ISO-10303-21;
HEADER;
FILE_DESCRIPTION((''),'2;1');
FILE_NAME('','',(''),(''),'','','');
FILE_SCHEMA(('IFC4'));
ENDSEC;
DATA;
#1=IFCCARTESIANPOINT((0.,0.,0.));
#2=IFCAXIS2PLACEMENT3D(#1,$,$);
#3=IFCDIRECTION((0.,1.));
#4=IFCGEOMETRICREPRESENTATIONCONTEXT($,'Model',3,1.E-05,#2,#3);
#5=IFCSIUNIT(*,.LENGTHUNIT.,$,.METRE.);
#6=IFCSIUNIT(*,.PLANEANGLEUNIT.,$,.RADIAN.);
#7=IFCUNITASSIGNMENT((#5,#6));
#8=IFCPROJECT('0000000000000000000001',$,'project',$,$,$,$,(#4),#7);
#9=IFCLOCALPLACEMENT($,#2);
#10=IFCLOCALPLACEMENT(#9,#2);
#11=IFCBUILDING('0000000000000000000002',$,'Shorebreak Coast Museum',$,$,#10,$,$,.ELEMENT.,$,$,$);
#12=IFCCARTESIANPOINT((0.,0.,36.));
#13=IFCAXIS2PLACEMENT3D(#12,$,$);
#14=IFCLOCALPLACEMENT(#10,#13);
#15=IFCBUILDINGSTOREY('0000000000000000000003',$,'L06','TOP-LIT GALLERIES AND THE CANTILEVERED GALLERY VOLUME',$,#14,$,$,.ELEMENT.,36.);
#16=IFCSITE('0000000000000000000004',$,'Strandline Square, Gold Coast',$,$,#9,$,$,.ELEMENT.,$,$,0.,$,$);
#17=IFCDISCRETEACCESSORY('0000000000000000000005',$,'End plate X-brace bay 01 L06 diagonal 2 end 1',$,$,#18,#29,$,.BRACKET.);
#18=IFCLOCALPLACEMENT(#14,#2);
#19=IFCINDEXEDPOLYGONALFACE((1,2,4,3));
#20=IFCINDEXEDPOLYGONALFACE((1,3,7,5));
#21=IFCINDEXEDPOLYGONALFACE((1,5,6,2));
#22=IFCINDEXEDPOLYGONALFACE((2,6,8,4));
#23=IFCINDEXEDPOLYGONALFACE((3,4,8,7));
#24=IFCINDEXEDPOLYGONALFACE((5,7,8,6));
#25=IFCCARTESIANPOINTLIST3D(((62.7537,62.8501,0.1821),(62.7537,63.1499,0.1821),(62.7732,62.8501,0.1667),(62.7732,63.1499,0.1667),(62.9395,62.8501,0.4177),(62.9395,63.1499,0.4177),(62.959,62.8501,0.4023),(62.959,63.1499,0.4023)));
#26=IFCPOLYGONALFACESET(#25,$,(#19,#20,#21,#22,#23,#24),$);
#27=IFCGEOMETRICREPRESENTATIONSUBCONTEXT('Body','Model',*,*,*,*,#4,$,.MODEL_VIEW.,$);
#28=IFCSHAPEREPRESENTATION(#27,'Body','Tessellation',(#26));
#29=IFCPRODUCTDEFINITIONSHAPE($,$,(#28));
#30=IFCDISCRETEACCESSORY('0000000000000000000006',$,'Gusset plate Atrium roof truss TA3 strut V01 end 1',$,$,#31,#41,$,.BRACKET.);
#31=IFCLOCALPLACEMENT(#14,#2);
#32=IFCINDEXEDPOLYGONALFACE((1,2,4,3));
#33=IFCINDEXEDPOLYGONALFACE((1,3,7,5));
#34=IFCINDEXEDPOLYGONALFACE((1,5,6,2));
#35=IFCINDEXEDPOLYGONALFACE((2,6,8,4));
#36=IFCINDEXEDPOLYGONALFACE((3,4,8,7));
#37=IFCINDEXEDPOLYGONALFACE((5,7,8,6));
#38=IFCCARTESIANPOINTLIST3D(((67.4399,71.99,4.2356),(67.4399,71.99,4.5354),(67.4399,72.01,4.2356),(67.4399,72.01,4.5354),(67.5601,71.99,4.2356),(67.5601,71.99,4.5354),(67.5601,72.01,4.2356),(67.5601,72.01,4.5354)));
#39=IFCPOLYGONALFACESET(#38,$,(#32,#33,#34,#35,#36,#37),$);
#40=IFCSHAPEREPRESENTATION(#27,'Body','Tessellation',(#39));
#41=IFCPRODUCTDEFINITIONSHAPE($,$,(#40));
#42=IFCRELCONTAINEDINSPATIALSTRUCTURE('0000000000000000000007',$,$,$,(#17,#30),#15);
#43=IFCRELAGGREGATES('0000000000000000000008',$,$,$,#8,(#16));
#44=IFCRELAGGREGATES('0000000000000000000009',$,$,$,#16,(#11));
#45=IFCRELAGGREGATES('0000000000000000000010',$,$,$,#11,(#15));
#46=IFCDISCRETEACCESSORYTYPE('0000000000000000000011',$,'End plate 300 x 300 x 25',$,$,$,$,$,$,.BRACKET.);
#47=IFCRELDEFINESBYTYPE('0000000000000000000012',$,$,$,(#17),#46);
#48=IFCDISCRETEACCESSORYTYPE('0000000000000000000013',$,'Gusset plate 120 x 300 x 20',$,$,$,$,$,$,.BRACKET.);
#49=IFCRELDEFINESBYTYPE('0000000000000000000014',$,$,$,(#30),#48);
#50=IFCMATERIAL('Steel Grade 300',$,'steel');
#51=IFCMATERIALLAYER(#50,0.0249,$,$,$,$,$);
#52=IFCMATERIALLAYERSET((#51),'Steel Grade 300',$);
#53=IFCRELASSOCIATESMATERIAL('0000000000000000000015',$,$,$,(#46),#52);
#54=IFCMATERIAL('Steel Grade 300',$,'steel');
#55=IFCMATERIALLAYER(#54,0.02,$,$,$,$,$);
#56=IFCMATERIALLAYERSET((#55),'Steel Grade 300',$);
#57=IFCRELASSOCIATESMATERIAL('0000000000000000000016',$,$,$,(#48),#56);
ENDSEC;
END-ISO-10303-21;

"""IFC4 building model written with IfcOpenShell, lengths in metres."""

from ifc_helpers import new_model, si_unit, direction, frame, origin, place, context, subcontext, project, spatial, polyline, outline, extrude, material, layer, layer_set, type_object, element, save


model = new_model("IFC4")

# Units and contexts
model_context = context("Model", 3, precision=1e-05, world=origin(), true_north=direction((0.0, 1.0)))
body_context = subcontext(model_context, "Body", "Model", "MODEL_VIEW")
ifc_project = project(units=[si_unit("LENGTHUNIT", "METRE"), si_unit("PLANEANGLEUNIT", "RADIAN")], contexts=[model_context])

# Site, building, storey
site_placement = place(None, origin())
site = spatial("IfcSite", under=ifc_project, at=site_placement, Name="Strandline Square, Gold Coast", CompositionType="ELEMENT", RefElevation=0.0)
building_placement = place(site_placement, origin())
building = spatial("IfcBuilding", under=site, at=building_placement, Name="Shorebreak Coast Museum", CompositionType="ELEMENT")
storey_placement = place(building_placement, frame((0.0, 0.0, 36.0)))
storey = spatial("IfcBuildingStorey", under=building, at=storey_placement, Name="L06", Description="TOP-LIT GALLERIES AND THE CANTILEVERED GALLERY VOLUME", CompositionType="ELEMENT", Elevation=36.0)

# Discrete accessories
ifc_material_1 = material(Name="Steel Grade 300", Category="steel")
ifc_layer_1 = layer(ifc_material_1, 0.0249)
ifc_layer_set_1 = layer_set([ifc_layer_1], Name="Steel Grade 300")
discrete_accessory_type_1 = type_object("IfcDiscreteAccessoryType", Name="End plate 300 x 300 x 25", PredefinedType="BRACKET", material=ifc_layer_set_1)
discrete_accessory_1_placement = place(storey_placement, frame((62.7537, 63.1499, 0.1821), z_axis=(-0.785216, 0.0, 0.619222), x_axis=(0.0, -1.0, 0.0)))
element("IfcDiscreteAccessory", 1, at=discrete_accessory_1_placement, inside=storey, type_object=discrete_accessory_type_1, Name="End plate X-brace bay 01 L06 diagonal 2 end 1", PredefinedType="BRACKET", context=body_context, shape_type="SweptSolid", body=[
    extrude(outline(polyline([(0.0, 0.0), (0.2998, 0.0), (0.2998, 0.3), (0.0, 0.3), (0.0, 0.0)])), origin(), (0.0, 0.0, -1.0), 0.0249),
])
ifc_material_2 = material(Name="Steel Grade 300", Category="steel")
ifc_layer_2 = layer(ifc_material_2, 0.02)
ifc_layer_set_2 = layer_set([ifc_layer_2], Name="Steel Grade 300")
discrete_accessory_type_2 = type_object("IfcDiscreteAccessoryType", Name="Gusset plate 120 x 300 x 20", PredefinedType="BRACKET", material=ifc_layer_set_2)
discrete_accessory_2_placement = place(storey_placement, frame((67.4399, 71.99, 4.2356), z_axis=(0.0, -1.0, 0.0), x_axis=(1.0, 0.0, 0.0)))
element("IfcDiscreteAccessory", 2, at=discrete_accessory_2_placement, inside=storey, type_object=discrete_accessory_type_2, Name="Gusset plate Atrium roof truss TA3 strut V01 end 1", PredefinedType="BRACKET", context=body_context, shape_type="SweptSolid", body=[
    extrude(outline(polyline([(0.0, 0.0), (0.1201, 0.0), (0.1201, 0.2998), (0.0, 0.2998), (0.0, 0.0)])), origin(), (0.0, 0.0, -1.0), 0.02),
])

save(model, "model.ifc")
